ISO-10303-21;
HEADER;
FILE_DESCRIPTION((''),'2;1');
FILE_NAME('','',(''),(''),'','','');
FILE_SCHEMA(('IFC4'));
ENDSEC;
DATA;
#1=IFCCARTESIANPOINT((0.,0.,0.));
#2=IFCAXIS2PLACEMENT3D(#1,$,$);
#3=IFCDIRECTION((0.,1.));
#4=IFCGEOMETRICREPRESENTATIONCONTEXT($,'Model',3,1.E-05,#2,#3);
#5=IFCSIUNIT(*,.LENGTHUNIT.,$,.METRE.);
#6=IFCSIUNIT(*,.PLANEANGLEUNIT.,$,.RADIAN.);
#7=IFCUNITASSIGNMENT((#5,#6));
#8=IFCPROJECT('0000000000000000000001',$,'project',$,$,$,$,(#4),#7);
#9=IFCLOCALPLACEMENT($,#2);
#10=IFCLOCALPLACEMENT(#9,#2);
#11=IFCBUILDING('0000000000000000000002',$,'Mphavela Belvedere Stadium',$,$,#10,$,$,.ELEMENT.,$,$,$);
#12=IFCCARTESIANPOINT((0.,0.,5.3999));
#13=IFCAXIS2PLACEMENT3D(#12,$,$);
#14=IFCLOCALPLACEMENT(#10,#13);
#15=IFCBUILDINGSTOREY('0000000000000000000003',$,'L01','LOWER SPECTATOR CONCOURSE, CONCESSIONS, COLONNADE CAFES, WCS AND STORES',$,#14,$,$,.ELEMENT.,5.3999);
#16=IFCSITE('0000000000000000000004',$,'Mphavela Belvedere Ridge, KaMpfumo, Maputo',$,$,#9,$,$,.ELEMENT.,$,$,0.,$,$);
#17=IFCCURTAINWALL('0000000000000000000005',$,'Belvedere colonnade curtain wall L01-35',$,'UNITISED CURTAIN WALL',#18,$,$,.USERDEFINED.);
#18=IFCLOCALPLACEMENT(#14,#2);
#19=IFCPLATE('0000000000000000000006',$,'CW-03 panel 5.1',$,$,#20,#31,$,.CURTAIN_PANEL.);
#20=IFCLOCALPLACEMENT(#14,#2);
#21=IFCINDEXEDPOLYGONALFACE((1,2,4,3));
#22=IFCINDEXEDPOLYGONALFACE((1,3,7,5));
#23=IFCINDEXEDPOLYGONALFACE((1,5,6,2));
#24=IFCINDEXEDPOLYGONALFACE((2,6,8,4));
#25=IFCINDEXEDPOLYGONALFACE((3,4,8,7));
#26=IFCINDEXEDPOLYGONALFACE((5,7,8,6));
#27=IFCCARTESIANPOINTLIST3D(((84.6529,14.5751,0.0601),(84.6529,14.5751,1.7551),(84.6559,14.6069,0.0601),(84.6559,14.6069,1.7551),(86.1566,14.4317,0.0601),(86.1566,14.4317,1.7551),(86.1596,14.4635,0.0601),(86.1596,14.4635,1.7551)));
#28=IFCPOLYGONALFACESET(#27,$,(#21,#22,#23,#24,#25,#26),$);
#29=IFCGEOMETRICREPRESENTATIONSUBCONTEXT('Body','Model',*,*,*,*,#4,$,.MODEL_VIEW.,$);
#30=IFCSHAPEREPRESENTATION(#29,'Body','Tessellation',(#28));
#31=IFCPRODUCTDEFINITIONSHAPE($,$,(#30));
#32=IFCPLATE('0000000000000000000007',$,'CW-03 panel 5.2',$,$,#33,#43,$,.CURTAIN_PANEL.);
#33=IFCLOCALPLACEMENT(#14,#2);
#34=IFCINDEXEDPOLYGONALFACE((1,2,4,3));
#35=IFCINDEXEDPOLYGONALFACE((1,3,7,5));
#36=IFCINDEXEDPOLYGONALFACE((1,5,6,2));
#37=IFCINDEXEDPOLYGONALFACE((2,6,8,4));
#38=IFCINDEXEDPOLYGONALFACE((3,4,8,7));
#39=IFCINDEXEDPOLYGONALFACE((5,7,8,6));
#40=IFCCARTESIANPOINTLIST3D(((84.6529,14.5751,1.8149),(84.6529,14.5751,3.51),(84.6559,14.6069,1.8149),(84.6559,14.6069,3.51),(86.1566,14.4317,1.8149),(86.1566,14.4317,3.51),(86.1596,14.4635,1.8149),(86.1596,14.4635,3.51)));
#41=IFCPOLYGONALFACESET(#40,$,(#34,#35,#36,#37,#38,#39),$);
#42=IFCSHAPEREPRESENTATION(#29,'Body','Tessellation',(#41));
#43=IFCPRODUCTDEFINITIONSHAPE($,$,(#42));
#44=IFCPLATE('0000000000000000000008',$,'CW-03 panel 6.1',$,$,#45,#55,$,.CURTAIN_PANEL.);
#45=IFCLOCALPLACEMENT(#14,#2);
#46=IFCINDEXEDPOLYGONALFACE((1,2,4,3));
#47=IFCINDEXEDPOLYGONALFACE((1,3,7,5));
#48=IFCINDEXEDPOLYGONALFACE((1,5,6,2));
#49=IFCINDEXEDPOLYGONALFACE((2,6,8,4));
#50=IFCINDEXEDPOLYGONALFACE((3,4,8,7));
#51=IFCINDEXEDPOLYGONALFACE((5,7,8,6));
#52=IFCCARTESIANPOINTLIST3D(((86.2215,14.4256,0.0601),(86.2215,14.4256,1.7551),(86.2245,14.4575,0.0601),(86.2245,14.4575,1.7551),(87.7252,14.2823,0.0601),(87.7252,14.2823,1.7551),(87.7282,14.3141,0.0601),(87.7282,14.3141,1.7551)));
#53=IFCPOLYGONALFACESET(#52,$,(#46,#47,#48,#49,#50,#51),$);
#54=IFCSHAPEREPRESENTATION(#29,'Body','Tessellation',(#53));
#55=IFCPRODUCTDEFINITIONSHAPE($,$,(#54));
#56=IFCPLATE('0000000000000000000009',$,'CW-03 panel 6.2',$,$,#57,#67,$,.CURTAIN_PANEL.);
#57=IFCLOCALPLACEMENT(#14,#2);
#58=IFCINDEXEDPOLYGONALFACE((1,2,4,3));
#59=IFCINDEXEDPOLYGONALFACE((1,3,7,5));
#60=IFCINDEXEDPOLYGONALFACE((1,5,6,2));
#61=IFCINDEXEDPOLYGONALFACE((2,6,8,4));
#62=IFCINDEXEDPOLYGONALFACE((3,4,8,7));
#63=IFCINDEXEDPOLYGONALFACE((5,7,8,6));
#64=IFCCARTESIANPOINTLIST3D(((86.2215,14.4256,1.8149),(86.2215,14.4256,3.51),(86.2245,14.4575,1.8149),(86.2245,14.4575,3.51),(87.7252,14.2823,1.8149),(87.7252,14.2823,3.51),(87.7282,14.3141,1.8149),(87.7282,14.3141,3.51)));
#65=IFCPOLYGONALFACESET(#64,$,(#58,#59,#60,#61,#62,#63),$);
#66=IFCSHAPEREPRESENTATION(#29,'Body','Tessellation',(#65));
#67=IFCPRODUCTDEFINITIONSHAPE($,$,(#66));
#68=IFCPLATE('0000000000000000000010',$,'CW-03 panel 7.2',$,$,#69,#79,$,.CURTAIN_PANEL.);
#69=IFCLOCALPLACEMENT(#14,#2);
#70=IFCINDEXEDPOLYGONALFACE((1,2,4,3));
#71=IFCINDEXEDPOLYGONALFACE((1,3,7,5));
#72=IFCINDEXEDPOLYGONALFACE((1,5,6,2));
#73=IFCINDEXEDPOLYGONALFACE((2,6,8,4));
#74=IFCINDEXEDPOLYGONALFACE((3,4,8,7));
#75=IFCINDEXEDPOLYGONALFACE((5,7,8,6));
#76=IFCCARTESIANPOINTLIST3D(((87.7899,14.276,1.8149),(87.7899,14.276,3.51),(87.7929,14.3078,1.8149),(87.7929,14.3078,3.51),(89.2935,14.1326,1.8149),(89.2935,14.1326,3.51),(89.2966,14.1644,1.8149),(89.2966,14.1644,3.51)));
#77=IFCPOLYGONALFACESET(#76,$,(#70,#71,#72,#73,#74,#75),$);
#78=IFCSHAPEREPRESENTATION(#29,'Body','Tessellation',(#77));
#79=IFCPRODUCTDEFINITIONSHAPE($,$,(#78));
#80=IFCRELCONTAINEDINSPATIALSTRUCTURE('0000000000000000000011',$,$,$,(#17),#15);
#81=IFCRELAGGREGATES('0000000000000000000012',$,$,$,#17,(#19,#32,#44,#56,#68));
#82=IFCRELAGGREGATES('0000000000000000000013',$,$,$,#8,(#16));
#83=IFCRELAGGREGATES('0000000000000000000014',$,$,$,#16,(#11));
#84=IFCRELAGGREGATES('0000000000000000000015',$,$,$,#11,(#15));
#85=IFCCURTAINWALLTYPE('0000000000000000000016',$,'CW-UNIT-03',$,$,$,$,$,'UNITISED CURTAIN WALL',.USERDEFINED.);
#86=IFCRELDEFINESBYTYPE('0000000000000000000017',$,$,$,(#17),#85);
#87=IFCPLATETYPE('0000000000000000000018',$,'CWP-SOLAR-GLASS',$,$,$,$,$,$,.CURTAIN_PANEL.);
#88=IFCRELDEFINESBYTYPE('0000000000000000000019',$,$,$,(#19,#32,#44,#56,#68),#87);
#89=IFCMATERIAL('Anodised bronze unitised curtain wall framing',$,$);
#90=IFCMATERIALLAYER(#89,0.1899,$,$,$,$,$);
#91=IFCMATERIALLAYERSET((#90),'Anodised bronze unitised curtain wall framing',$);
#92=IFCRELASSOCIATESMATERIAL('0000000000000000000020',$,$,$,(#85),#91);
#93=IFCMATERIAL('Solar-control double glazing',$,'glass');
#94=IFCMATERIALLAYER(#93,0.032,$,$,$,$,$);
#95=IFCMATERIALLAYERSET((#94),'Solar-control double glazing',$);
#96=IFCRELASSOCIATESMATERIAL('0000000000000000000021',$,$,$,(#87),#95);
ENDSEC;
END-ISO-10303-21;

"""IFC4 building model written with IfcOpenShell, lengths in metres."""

from ifc_helpers import new_model, si_unit, direction, frame, origin, origin_2d, place, context, subcontext, project, spatial, rectangle, extrude, material, layer, layer_set, type_object, element, aggregate, save


model = new_model("IFC4")

# Units and contexts
model_context = context("Model", 3, precision=1e-05, world=origin(), true_north=direction((0.0, 1.0)))
body_context = subcontext(model_context, "Body", "Model", "MODEL_VIEW")
ifc_project = project(units=[si_unit("LENGTHUNIT", "METRE"), si_unit("PLANEANGLEUNIT", "RADIAN")], contexts=[model_context])

# Site, building, storey
site_placement = place(None, origin())
site = spatial("IfcSite", under=ifc_project, at=site_placement, Name="Mphavela Belvedere Ridge, KaMpfumo, Maputo", CompositionType="ELEMENT", RefElevation=0.0)
building_placement = place(site_placement, origin())
building = spatial("IfcBuilding", under=site, at=building_placement, Name="Mphavela Belvedere Stadium", CompositionType="ELEMENT")
storey_placement = place(building_placement, frame((0.0, 0.0, 5.3999)))
storey = spatial("IfcBuildingStorey", under=building, at=storey_placement, Name="L01", Description="LOWER SPECTATOR CONCOURSE, CONCESSIONS, COLONNADE CAFES, WCS AND STORES", CompositionType="ELEMENT", Elevation=5.3999)

# Curtain wall, plates
ifc_material_1 = material(Name="Anodised bronze unitised curtain wall framing")
ifc_layer_1 = layer(ifc_material_1, 0.1899)
ifc_layer_set_1 = layer_set([ifc_layer_1], Name="Anodised bronze unitised curtain wall framing")
curtain_wall_type = type_object("IfcCurtainWallType", Name="CW-UNIT-03", ElementType="UNITISED CURTAIN WALL", PredefinedType="USERDEFINED", material=ifc_layer_set_1)
curtain_wall_placement = place(storey_placement, origin())
curtain_wall = element("IfcCurtainWall", 1, at=curtain_wall_placement, inside=storey, type_object=curtain_wall_type, Name="Belvedere colonnade curtain wall L01-35", ObjectType="UNITISED CURTAIN WALL", PredefinedType="USERDEFINED")
ifc_material_2 = material(Name="Solar-control double glazing", Category="glass")
ifc_layer_2 = layer(ifc_material_2, 0.032)
ifc_layer_set_2 = layer_set([ifc_layer_2], Name="Solar-control double glazing")
plate_type = type_object("IfcPlateType", Name="CWP-SOLAR-GLASS", PredefinedType="CURTAIN_PANEL", material=ifc_layer_set_2)
plate_1_placement = place(storey_placement, frame((85.4062, 14.5193, 0.0601), z_axis=(0.0, 0.0, 1.0), x_axis=(0.995485, -0.094922, 0.0)))
plate_1 = element("IfcPlate", 2, at=plate_1_placement, type_object=plate_type, Name="CW-03 panel 5.1", PredefinedType="CURTAIN_PANEL", context=body_context, shape_type="SweptSolid", body=[
    extrude(rectangle(XDim=1.5105, YDim=0.032, at=origin_2d()), origin(), (0.0, 0.0, 1.0), 1.6951),
])
plate_2_placement = place(storey_placement, frame((85.4062, 14.5193, 1.8149), z_axis=(0.0, 0.0, 1.0), x_axis=(0.995485, -0.094922, 0.0)))
plate_2 = element("IfcPlate", 3, at=plate_2_placement, type_object=plate_type, Name="CW-03 panel 5.2", PredefinedType="CURTAIN_PANEL", context=body_context, shape_type="SweptSolid", body=[
    extrude(rectangle(XDim=1.5105, YDim=0.032, at=origin_2d()), origin(), (0.0, 0.0, 1.0), 1.6951),
])
plate_3_placement = place(storey_placement, frame((86.9749, 14.3699, 0.0601), z_axis=(0.0, 0.0, 1.0), x_axis=(0.995485, -0.094922, 0.0)))
plate_3 = element("IfcPlate", 4, at=plate_3_placement, type_object=plate_type, Name="CW-03 panel 6.1", PredefinedType="CURTAIN_PANEL", context=body_context, shape_type="SweptSolid", body=[
    extrude(rectangle(XDim=1.5105, YDim=0.032, at=origin_2d()), origin(), (0.0, 0.0, 1.0), 1.6951),
])
plate_4_placement = place(storey_placement, frame((86.9749, 14.3699, 1.8149), z_axis=(0.0, 0.0, 1.0), x_axis=(0.995485, -0.094922, 0.0)))
plate_4 = element("IfcPlate", 5, at=plate_4_placement, type_object=plate_type, Name="CW-03 panel 6.2", PredefinedType="CURTAIN_PANEL", context=body_context, shape_type="SweptSolid", body=[
    extrude(rectangle(XDim=1.5105, YDim=0.032, at=origin_2d()), origin(), (0.0, 0.0, 1.0), 1.6951),
])
plate_5_placement = place(storey_placement, frame((88.5432, 14.2202, 1.8149), z_axis=(0.0, 0.0, 1.0), x_axis=(0.995485, -0.094922, 0.0)))
plate_5 = element("IfcPlate", 6, at=plate_5_placement, type_object=plate_type, Name="CW-03 panel 7.2", PredefinedType="CURTAIN_PANEL", context=body_context, shape_type="SweptSolid", body=[
    extrude(rectangle(XDim=1.5105, YDim=0.032, at=origin_2d()), origin(), (0.0, 0.0, 1.0), 1.6951),
])
aggregate(curtain_wall, [plate_1, plate_2, plate_3, plate_4, plate_5])

save(model, "model.ifc")
